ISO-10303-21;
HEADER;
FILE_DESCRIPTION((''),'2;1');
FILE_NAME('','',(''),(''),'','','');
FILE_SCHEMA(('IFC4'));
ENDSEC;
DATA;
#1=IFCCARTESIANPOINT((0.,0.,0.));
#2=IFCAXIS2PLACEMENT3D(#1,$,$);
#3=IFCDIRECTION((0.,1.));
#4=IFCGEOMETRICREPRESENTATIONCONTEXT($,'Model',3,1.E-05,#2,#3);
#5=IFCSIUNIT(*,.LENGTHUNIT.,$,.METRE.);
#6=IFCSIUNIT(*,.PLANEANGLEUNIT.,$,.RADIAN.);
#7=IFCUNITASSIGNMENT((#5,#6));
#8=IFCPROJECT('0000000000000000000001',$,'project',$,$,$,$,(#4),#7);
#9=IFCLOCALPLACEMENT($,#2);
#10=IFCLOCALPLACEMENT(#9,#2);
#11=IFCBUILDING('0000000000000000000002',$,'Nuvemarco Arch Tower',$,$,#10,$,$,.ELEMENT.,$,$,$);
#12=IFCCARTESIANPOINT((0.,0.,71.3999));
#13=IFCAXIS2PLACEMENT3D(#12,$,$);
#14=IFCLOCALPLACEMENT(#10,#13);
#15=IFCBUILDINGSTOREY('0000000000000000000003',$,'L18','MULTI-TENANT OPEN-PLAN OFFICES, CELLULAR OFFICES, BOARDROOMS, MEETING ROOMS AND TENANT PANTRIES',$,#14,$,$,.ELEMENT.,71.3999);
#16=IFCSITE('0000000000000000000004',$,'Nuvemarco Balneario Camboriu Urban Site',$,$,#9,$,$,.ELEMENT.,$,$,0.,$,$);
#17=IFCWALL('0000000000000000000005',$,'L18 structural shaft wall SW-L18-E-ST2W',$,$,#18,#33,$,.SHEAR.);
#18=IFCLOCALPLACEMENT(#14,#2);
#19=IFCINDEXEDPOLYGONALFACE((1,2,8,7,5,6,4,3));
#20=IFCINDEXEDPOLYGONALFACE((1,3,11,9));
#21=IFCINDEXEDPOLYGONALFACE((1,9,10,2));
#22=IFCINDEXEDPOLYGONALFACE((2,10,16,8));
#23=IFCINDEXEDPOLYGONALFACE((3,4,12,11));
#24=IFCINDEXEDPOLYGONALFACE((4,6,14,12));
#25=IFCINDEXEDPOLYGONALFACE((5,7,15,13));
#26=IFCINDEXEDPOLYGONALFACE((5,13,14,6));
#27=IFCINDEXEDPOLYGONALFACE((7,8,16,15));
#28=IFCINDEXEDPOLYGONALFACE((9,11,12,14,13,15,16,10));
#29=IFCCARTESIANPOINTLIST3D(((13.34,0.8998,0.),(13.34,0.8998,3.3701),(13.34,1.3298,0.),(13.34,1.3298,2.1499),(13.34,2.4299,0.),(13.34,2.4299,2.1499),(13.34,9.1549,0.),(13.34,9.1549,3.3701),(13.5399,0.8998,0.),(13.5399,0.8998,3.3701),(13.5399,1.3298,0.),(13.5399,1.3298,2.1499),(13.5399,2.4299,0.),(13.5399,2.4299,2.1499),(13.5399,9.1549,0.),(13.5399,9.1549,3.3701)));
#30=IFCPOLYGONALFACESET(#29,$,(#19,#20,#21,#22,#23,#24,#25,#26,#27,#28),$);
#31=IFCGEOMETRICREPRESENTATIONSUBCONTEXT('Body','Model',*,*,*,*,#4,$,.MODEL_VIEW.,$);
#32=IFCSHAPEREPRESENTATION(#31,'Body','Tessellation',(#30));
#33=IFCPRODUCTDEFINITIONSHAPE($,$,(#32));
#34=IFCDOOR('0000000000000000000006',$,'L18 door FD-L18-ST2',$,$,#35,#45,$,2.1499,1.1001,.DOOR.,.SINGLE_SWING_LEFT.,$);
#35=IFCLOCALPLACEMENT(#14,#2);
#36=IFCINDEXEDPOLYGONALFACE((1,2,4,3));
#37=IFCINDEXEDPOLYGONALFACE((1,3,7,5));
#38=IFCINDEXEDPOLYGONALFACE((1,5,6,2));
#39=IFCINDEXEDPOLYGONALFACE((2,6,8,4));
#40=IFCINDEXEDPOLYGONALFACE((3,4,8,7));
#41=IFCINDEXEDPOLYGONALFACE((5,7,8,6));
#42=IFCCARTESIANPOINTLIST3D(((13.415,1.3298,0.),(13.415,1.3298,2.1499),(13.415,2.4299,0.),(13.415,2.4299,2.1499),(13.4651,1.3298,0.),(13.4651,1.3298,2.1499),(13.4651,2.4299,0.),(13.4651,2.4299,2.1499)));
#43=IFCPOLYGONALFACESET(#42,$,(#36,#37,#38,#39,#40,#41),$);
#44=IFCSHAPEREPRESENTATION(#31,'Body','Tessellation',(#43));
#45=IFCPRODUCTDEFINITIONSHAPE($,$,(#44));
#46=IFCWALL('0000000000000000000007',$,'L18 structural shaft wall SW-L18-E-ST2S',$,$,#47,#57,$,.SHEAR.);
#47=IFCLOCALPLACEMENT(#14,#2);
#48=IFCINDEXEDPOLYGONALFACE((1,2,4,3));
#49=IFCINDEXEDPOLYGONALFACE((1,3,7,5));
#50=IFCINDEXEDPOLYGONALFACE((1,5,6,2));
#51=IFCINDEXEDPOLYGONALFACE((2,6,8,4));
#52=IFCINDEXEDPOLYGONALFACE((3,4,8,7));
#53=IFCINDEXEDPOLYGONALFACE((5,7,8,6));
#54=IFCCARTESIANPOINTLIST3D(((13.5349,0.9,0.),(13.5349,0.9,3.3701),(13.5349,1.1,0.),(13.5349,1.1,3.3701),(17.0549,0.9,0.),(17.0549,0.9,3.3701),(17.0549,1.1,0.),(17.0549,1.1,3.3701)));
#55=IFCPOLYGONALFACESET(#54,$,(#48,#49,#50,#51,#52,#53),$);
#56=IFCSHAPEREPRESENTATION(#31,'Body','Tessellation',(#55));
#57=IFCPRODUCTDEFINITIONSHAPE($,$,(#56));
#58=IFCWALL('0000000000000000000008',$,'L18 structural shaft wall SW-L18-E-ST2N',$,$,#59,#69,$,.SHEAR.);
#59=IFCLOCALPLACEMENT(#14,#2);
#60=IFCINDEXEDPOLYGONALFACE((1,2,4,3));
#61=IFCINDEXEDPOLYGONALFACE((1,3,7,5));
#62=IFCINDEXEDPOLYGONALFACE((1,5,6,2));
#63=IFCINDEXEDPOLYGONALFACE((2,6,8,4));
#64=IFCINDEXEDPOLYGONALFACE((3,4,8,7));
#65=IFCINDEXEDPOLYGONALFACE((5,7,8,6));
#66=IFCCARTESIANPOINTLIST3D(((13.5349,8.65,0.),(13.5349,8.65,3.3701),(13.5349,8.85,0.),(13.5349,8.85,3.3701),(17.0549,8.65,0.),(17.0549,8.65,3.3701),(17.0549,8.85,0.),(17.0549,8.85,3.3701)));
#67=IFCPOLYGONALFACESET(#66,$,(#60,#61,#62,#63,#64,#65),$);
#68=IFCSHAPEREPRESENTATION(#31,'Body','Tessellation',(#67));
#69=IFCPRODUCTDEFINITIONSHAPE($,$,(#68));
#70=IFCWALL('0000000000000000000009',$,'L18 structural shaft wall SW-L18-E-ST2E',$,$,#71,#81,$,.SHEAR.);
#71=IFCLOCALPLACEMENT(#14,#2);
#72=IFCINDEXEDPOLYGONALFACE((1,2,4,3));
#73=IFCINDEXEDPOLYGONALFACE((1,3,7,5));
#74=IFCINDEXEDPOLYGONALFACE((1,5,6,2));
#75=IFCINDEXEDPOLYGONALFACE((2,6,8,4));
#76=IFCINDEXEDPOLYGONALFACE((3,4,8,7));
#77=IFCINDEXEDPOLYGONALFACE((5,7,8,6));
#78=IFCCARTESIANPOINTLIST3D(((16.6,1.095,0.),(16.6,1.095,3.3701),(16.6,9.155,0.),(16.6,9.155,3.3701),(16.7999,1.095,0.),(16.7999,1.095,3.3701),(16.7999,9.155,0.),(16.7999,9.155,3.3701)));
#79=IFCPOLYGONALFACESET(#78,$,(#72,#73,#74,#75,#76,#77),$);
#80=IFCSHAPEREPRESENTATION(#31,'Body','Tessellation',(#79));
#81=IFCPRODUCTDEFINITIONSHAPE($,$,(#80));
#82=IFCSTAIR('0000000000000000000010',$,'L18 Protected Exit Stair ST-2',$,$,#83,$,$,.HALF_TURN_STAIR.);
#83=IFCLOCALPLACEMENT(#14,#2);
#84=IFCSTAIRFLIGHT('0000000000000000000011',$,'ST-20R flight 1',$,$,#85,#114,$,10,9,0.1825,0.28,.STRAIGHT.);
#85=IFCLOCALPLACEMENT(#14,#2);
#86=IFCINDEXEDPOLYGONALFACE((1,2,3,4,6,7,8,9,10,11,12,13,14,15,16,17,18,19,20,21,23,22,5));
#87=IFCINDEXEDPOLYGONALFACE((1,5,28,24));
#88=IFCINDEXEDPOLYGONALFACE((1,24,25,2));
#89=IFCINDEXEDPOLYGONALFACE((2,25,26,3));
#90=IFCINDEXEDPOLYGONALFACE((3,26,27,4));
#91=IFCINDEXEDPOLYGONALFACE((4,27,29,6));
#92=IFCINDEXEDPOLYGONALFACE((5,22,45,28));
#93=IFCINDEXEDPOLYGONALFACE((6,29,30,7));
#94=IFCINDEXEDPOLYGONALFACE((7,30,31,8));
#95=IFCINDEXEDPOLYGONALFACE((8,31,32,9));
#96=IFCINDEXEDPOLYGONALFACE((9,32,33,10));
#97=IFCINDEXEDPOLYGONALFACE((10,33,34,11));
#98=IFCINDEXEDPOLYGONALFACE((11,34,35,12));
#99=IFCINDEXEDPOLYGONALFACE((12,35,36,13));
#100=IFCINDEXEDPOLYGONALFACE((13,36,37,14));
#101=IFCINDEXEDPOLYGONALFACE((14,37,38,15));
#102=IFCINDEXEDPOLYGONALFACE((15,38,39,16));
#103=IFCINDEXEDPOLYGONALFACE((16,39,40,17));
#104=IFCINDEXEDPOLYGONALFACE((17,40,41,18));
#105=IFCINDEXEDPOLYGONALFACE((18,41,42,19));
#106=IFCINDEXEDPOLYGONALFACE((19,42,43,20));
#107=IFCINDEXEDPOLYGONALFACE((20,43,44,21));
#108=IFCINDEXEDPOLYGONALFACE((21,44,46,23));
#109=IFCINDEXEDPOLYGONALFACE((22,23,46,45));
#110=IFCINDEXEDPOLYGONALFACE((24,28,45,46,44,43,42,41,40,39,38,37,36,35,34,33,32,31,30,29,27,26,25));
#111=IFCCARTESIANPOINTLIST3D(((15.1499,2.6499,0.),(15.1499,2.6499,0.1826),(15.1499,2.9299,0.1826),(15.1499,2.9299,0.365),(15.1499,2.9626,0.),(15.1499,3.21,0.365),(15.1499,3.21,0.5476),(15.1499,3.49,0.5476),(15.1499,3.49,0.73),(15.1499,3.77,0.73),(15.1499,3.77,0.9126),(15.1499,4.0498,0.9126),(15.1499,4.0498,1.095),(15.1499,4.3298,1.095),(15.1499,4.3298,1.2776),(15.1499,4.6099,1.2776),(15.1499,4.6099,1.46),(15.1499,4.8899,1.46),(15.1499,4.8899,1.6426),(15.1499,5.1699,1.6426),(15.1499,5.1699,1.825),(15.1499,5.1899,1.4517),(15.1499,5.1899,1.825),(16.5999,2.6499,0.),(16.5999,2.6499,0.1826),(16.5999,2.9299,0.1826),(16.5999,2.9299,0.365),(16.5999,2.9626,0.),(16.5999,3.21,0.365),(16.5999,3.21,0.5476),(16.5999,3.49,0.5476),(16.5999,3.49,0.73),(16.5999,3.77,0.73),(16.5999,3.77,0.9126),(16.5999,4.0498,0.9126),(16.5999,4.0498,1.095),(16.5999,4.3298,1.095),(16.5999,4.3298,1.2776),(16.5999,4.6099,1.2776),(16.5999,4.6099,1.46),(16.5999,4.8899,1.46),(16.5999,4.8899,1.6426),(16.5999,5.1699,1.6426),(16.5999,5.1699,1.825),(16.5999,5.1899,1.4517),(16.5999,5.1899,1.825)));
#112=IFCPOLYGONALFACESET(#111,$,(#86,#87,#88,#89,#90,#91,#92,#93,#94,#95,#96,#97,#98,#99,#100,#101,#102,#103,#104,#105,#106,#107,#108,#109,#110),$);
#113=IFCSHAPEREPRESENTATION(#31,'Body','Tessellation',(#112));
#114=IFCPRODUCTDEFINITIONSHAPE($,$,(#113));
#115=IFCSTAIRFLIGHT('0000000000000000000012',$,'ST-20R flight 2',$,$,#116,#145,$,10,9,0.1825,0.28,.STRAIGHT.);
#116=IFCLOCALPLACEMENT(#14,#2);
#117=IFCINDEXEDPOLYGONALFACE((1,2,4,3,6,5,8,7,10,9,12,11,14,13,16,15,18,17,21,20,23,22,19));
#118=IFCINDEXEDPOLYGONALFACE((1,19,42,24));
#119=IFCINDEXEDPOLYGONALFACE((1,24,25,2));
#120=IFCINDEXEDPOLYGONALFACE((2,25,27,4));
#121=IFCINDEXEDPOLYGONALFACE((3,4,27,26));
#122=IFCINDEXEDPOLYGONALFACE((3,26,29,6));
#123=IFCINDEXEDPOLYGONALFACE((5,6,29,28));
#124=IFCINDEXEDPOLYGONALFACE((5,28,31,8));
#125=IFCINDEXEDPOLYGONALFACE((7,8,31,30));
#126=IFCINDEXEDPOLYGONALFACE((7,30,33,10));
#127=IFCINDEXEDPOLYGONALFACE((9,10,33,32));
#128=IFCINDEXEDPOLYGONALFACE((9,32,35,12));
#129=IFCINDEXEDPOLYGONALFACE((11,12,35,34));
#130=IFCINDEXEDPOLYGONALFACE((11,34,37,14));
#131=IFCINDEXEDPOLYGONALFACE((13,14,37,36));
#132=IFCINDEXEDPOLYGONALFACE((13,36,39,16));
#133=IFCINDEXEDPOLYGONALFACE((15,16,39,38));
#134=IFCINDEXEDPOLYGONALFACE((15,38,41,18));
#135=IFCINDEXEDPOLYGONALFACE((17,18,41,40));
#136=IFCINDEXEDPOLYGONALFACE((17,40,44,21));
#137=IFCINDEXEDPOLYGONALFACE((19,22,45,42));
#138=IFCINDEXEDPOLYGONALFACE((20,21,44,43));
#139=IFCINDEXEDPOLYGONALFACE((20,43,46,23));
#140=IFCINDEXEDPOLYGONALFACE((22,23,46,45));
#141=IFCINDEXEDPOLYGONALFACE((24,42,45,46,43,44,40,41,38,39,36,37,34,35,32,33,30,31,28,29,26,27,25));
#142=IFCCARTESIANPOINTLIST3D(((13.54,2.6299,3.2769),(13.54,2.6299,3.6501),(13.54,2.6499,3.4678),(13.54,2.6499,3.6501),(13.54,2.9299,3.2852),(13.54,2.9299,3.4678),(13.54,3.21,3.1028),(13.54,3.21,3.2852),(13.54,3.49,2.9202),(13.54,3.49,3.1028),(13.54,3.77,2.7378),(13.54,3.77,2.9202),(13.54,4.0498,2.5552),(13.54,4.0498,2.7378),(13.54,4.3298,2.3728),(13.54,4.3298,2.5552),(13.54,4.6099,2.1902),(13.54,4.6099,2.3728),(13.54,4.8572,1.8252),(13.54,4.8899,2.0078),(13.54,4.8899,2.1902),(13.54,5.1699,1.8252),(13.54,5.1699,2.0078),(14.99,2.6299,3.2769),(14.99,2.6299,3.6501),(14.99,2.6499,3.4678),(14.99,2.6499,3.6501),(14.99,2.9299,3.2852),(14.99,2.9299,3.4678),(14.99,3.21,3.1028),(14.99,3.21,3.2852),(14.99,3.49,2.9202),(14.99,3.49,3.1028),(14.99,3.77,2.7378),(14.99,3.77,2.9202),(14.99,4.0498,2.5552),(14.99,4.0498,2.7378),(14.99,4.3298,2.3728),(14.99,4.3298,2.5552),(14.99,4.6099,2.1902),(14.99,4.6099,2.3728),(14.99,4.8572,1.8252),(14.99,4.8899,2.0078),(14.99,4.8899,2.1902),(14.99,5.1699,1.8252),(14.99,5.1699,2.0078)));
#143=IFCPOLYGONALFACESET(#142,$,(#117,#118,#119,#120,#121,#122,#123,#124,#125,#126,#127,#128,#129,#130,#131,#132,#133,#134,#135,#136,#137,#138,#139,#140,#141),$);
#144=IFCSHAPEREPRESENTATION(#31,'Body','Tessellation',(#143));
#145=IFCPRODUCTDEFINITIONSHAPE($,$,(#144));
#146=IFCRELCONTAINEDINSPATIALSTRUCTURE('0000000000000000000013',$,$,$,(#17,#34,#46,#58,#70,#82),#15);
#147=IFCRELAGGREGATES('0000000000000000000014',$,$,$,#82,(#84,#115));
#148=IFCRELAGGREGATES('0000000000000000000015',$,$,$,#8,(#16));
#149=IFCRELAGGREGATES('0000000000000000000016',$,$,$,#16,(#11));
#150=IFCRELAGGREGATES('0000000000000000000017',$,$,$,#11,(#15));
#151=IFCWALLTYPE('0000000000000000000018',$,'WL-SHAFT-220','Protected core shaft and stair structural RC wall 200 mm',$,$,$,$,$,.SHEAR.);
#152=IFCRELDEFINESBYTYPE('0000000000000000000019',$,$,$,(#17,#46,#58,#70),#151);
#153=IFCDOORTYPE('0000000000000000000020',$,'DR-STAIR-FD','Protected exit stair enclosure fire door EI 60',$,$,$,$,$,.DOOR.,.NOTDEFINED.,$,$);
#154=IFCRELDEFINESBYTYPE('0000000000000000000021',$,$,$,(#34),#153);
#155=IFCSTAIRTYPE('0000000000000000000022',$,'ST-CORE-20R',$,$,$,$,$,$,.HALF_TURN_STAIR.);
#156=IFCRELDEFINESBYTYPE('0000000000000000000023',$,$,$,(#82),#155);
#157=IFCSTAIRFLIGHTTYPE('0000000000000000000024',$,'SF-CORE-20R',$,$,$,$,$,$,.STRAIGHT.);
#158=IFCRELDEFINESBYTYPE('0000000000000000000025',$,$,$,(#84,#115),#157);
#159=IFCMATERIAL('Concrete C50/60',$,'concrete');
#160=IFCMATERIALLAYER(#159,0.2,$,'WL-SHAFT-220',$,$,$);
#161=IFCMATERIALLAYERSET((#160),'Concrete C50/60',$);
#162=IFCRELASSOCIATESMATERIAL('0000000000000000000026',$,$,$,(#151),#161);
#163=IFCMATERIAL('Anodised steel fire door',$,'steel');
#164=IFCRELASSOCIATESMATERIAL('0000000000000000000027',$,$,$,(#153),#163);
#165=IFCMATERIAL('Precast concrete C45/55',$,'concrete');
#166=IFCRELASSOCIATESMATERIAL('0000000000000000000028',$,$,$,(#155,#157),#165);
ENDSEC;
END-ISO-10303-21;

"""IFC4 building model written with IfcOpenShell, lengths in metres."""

from ifc_helpers import new_model, si_unit, direction, frame, frame_2d, origin, place, context, subcontext, project, spatial, polyline, rectangle, outline, extrude, source, transform, mapped, material, layer, layer_set, type_object, type_shapes, element, fill, aggregate, save


model = new_model("IFC4")

# Units and contexts
model_context = context("Model", 3, precision=1e-05, world=origin(), true_north=direction((0.0, 1.0)))
body_context = subcontext(model_context, "Body", "Model", "MODEL_VIEW")
ifc_project = project(units=[si_unit("LENGTHUNIT", "METRE"), si_unit("PLANEANGLEUNIT", "RADIAN")], contexts=[model_context])

# Site, building, storey
site_placement = place(None, origin())
site = spatial("IfcSite", under=ifc_project, at=site_placement, Name="Nuvemarco Balneario Camboriu Urban Site", CompositionType="ELEMENT", RefElevation=0.0)
building_placement = place(site_placement, origin())
building = spatial("IfcBuilding", under=site, at=building_placement, Name="Nuvemarco Arch Tower", CompositionType="ELEMENT")
storey_placement = place(building_placement, frame((0.0, 0.0, 71.3999)))
storey = spatial("IfcBuildingStorey", under=building, at=storey_placement, Name="L18", Description="MULTI-TENANT OPEN-PLAN OFFICES, CELLULAR OFFICES, BOARDROOMS, MEETING ROOMS AND TENANT PANTRIES", CompositionType="ELEMENT", Elevation=71.3999)

# Shared definitions
ifc_material_1 = material(Name="Precast concrete C45/55", Category="concrete")

# Wall, opening, door
ifc_material_2 = material(Name="Anodised steel fire door", Category="steel")
ifc_material_3 = material(Name="Concrete C50/60", Category="concrete")
ifc_layer_1 = layer(ifc_material_3, 0.2, Name="WL-SHAFT-220")
ifc_layer_set_1 = layer_set([ifc_layer_1], Name="Concrete C50/60")
wall_type_1 = type_object("IfcWallType", Name="WL-SHAFT-220", Description="Protected core shaft and stair structural RC wall 200 mm", PredefinedType="SHEAR", material=ifc_layer_set_1)
wall_1_placement = place(storey_placement, frame((13.4399, 0.8999, 0.0), z_axis=(0.0, 0.0, 1.0), x_axis=(0.0, 1.0, 0.0)))
wall_1 = element("IfcWall", 1, at=wall_1_placement, inside=storey, type_object=wall_type_1, Name="L18 structural shaft wall SW-L18-E-ST2W", PredefinedType="SHEAR", context=body_context, shape_type="SweptSolid", body=[
    extrude(rectangle(XDim=8.2551, YDim=0.2, at=frame_2d((4.1274, 0.0))), origin(), (0.0, 0.0, 1.0), 3.3701),
])
opening_1_placement = place(wall_1_placement, frame((0.4299, 0.0, 0.0)))
opening_1 = element("IfcOpeningElement", 2, at=opening_1_placement, cuts=wall_1, PredefinedType="OPENING", context=body_context, shape_type="SweptSolid", body=[
    extrude(rectangle(XDim=1.1001, YDim=2.1499, at=frame_2d((0.55, 1.075))), frame((0.0, 0.1099, 0.0), z_axis=(0.0, -1.0, 0.0), x_axis=(1.0, 0.0, 0.0)), (0.0, 0.0, 1.0), 0.22),
])
door_type_1 = type_object("IfcDoorType", Name="DR-STAIR-FD", Description="Protected exit stair enclosure fire door EI 60", OperationType="NOTDEFINED", PredefinedType="DOOR", material=ifc_material_2)
shared_shape_1 = source(origin(), body_context, "Body", "SweptSolid", [
    extrude(rectangle(XDim=1.1001, YDim=2.1499, at=frame_2d((0.55, 1.075))), frame((0.0, 0.0249, 0.0), z_axis=(0.0, -1.0, 0.0), x_axis=(1.0, 0.0, 0.0)), (0.0, 0.0, 1.0), 0.05),
])
type_shapes(door_type_1, [shared_shape_1])
door_1_placement = place(opening_1_placement, origin())
door_1 = element("IfcDoor", 3, at=door_1_placement, inside=storey, type_object=door_type_1, Name="L18 door FD-L18-ST2", OperationType="SINGLE_SWING_LEFT", OverallHeight=2.1499, OverallWidth=1.1001, PredefinedType="DOOR", context=body_context, shape_type="MappedRepresentation", body=[
    mapped(shared_shape_1, transform((0.0, 0.0, 0.0), scale=1.0)),
])
fill(opening_1, door_1)

# Walls
for number, where, z_axis, x_axis, name in (
    (4, (13.5349, 1.0, 0.0), (0.0, 0.0, 1.0), (1.0, 0.0, 0.0), "L18 structural shaft wall SW-L18-E-ST2S"),
    (5, (13.5349, 8.75, 0.0), (0.0, 0.0, 1.0), (1.0, 0.0, 0.0), "L18 structural shaft wall SW-L18-E-ST2N"),
):
    element("IfcWall", number, at=place(storey_placement, frame(where, z_axis=z_axis, x_axis=x_axis)), inside=storey, type_object=wall_type_1, Name=name, PredefinedType="SHEAR", context=body_context, shape_type="SweptSolid", body=[
        extrude(rectangle(XDim=3.52, YDim=0.2, at=frame_2d((1.76, 0.0))), origin(), (0.0, 0.0, 1.0), 3.3701),
    ])
wall_2_placement = place(storey_placement, frame((16.7, 1.095, 0.0), z_axis=(0.0, 0.0, 1.0), x_axis=(0.0, 1.0, 0.0)))
element("IfcWall", 6, at=wall_2_placement, inside=storey, type_object=wall_type_1, Name="L18 structural shaft wall SW-L18-E-ST2E", PredefinedType="SHEAR", context=body_context, shape_type="SweptSolid", body=[
    extrude(rectangle(XDim=8.0601, YDim=0.2, at=frame_2d((4.03, 0.0))), origin(), (0.0, 0.0, 1.0), 3.3701),
])

# Stair, stair flights
stair_type = type_object("IfcStairType", Name="ST-CORE-20R", PredefinedType="HALF_TURN_STAIR", material=ifc_material_1)
stair_placement = place(storey_placement, origin())
stair = element("IfcStair", 7, at=stair_placement, inside=storey, type_object=stair_type, Name="L18 Protected Exit Stair ST-2", PredefinedType="HALF_TURN_STAIR")
stair_flight_type = type_object("IfcStairFlightType", Name="SF-CORE-20R", PredefinedType="STRAIGHT", material=ifc_material_1)
stair_flight_1_placement = place(storey_placement, frame((15.875, 2.6499, 0.0), z_axis=(0.0, 0.0, 1.0), x_axis=(0.0, 1.0, 0.0)))
stair_flight_1 = element("IfcStairFlight", 8, at=stair_flight_1_placement, type_object=stair_flight_type, Name="ST-20R flight 1", NumberOfRisers=10, NumberOfTreads=9, PredefinedType="STRAIGHT", RiserHeight=0.1825, TreadLength=0.28, context=body_context, shape_type="SweptSolid", body=[
    extrude(outline(polyline([(0.0, 0.0), (0.0, 0.1826), (0.28, 0.1826), (0.28, 0.365), (0.5601, 0.365), (0.5601, 0.5476), (0.8401, 0.5476), (0.8401, 0.73), (1.1201, 0.73), (1.1201, 0.9126), (1.3999, 0.9126), (1.3999, 1.095), (1.6799, 1.095), (1.6799, 1.2776), (1.96, 1.2776), (1.96, 1.46), (2.24, 1.46), (2.24, 1.6426), (2.52, 1.6426), (2.52, 1.825), (2.54, 1.825), (2.54, 1.4517), (0.3127, 0.0), (0.0, 0.0)])), frame((0.0, 0.7251, 0.0), z_axis=(0.0, -1.0, 0.0), x_axis=(1.0, 0.0, 0.0)), (0.0, 0.0, 1.0), 1.45),
])
stair_flight_2_placement = place(storey_placement, frame((14.2649, 5.1699, 1.8252), z_axis=(0.0, 0.0, 1.0), x_axis=(0.0, -1.0, 0.0)))
stair_flight_2 = element("IfcStairFlight", 9, at=stair_flight_2_placement, type_object=stair_flight_type, Name="ST-20R flight 2", NumberOfRisers=10, NumberOfTreads=9, PredefinedType="STRAIGHT", RiserHeight=0.1825, TreadLength=0.28, context=body_context, shape_type="SweptSolid", body=[
    extrude(outline(polyline([(0.0, 0.0), (0.0, 0.1826), (0.28, 0.1826), (0.28, 0.365), (0.5601, 0.365), (0.5601, 0.5476), (0.8401, 0.5476), (0.8401, 0.73), (1.1201, 0.73), (1.1201, 0.9126), (1.3999, 0.9126), (1.3999, 1.095), (1.6799, 1.095), (1.6799, 1.2776), (1.96, 1.2776), (1.96, 1.46), (2.24, 1.46), (2.24, 1.6426), (2.52, 1.6426), (2.52, 1.825), (2.54, 1.825), (2.54, 1.4517), (0.3127, 0.0), (0.0, 0.0)])), frame((0.0, 0.7251, 0.0), z_axis=(0.0, -1.0, 0.0), x_axis=(1.0, 0.0, 0.0)), (0.0, 0.0, 1.0), 1.45),
])
aggregate(stair, [stair_flight_1, stair_flight_2])

save(model, "model.ifc")
